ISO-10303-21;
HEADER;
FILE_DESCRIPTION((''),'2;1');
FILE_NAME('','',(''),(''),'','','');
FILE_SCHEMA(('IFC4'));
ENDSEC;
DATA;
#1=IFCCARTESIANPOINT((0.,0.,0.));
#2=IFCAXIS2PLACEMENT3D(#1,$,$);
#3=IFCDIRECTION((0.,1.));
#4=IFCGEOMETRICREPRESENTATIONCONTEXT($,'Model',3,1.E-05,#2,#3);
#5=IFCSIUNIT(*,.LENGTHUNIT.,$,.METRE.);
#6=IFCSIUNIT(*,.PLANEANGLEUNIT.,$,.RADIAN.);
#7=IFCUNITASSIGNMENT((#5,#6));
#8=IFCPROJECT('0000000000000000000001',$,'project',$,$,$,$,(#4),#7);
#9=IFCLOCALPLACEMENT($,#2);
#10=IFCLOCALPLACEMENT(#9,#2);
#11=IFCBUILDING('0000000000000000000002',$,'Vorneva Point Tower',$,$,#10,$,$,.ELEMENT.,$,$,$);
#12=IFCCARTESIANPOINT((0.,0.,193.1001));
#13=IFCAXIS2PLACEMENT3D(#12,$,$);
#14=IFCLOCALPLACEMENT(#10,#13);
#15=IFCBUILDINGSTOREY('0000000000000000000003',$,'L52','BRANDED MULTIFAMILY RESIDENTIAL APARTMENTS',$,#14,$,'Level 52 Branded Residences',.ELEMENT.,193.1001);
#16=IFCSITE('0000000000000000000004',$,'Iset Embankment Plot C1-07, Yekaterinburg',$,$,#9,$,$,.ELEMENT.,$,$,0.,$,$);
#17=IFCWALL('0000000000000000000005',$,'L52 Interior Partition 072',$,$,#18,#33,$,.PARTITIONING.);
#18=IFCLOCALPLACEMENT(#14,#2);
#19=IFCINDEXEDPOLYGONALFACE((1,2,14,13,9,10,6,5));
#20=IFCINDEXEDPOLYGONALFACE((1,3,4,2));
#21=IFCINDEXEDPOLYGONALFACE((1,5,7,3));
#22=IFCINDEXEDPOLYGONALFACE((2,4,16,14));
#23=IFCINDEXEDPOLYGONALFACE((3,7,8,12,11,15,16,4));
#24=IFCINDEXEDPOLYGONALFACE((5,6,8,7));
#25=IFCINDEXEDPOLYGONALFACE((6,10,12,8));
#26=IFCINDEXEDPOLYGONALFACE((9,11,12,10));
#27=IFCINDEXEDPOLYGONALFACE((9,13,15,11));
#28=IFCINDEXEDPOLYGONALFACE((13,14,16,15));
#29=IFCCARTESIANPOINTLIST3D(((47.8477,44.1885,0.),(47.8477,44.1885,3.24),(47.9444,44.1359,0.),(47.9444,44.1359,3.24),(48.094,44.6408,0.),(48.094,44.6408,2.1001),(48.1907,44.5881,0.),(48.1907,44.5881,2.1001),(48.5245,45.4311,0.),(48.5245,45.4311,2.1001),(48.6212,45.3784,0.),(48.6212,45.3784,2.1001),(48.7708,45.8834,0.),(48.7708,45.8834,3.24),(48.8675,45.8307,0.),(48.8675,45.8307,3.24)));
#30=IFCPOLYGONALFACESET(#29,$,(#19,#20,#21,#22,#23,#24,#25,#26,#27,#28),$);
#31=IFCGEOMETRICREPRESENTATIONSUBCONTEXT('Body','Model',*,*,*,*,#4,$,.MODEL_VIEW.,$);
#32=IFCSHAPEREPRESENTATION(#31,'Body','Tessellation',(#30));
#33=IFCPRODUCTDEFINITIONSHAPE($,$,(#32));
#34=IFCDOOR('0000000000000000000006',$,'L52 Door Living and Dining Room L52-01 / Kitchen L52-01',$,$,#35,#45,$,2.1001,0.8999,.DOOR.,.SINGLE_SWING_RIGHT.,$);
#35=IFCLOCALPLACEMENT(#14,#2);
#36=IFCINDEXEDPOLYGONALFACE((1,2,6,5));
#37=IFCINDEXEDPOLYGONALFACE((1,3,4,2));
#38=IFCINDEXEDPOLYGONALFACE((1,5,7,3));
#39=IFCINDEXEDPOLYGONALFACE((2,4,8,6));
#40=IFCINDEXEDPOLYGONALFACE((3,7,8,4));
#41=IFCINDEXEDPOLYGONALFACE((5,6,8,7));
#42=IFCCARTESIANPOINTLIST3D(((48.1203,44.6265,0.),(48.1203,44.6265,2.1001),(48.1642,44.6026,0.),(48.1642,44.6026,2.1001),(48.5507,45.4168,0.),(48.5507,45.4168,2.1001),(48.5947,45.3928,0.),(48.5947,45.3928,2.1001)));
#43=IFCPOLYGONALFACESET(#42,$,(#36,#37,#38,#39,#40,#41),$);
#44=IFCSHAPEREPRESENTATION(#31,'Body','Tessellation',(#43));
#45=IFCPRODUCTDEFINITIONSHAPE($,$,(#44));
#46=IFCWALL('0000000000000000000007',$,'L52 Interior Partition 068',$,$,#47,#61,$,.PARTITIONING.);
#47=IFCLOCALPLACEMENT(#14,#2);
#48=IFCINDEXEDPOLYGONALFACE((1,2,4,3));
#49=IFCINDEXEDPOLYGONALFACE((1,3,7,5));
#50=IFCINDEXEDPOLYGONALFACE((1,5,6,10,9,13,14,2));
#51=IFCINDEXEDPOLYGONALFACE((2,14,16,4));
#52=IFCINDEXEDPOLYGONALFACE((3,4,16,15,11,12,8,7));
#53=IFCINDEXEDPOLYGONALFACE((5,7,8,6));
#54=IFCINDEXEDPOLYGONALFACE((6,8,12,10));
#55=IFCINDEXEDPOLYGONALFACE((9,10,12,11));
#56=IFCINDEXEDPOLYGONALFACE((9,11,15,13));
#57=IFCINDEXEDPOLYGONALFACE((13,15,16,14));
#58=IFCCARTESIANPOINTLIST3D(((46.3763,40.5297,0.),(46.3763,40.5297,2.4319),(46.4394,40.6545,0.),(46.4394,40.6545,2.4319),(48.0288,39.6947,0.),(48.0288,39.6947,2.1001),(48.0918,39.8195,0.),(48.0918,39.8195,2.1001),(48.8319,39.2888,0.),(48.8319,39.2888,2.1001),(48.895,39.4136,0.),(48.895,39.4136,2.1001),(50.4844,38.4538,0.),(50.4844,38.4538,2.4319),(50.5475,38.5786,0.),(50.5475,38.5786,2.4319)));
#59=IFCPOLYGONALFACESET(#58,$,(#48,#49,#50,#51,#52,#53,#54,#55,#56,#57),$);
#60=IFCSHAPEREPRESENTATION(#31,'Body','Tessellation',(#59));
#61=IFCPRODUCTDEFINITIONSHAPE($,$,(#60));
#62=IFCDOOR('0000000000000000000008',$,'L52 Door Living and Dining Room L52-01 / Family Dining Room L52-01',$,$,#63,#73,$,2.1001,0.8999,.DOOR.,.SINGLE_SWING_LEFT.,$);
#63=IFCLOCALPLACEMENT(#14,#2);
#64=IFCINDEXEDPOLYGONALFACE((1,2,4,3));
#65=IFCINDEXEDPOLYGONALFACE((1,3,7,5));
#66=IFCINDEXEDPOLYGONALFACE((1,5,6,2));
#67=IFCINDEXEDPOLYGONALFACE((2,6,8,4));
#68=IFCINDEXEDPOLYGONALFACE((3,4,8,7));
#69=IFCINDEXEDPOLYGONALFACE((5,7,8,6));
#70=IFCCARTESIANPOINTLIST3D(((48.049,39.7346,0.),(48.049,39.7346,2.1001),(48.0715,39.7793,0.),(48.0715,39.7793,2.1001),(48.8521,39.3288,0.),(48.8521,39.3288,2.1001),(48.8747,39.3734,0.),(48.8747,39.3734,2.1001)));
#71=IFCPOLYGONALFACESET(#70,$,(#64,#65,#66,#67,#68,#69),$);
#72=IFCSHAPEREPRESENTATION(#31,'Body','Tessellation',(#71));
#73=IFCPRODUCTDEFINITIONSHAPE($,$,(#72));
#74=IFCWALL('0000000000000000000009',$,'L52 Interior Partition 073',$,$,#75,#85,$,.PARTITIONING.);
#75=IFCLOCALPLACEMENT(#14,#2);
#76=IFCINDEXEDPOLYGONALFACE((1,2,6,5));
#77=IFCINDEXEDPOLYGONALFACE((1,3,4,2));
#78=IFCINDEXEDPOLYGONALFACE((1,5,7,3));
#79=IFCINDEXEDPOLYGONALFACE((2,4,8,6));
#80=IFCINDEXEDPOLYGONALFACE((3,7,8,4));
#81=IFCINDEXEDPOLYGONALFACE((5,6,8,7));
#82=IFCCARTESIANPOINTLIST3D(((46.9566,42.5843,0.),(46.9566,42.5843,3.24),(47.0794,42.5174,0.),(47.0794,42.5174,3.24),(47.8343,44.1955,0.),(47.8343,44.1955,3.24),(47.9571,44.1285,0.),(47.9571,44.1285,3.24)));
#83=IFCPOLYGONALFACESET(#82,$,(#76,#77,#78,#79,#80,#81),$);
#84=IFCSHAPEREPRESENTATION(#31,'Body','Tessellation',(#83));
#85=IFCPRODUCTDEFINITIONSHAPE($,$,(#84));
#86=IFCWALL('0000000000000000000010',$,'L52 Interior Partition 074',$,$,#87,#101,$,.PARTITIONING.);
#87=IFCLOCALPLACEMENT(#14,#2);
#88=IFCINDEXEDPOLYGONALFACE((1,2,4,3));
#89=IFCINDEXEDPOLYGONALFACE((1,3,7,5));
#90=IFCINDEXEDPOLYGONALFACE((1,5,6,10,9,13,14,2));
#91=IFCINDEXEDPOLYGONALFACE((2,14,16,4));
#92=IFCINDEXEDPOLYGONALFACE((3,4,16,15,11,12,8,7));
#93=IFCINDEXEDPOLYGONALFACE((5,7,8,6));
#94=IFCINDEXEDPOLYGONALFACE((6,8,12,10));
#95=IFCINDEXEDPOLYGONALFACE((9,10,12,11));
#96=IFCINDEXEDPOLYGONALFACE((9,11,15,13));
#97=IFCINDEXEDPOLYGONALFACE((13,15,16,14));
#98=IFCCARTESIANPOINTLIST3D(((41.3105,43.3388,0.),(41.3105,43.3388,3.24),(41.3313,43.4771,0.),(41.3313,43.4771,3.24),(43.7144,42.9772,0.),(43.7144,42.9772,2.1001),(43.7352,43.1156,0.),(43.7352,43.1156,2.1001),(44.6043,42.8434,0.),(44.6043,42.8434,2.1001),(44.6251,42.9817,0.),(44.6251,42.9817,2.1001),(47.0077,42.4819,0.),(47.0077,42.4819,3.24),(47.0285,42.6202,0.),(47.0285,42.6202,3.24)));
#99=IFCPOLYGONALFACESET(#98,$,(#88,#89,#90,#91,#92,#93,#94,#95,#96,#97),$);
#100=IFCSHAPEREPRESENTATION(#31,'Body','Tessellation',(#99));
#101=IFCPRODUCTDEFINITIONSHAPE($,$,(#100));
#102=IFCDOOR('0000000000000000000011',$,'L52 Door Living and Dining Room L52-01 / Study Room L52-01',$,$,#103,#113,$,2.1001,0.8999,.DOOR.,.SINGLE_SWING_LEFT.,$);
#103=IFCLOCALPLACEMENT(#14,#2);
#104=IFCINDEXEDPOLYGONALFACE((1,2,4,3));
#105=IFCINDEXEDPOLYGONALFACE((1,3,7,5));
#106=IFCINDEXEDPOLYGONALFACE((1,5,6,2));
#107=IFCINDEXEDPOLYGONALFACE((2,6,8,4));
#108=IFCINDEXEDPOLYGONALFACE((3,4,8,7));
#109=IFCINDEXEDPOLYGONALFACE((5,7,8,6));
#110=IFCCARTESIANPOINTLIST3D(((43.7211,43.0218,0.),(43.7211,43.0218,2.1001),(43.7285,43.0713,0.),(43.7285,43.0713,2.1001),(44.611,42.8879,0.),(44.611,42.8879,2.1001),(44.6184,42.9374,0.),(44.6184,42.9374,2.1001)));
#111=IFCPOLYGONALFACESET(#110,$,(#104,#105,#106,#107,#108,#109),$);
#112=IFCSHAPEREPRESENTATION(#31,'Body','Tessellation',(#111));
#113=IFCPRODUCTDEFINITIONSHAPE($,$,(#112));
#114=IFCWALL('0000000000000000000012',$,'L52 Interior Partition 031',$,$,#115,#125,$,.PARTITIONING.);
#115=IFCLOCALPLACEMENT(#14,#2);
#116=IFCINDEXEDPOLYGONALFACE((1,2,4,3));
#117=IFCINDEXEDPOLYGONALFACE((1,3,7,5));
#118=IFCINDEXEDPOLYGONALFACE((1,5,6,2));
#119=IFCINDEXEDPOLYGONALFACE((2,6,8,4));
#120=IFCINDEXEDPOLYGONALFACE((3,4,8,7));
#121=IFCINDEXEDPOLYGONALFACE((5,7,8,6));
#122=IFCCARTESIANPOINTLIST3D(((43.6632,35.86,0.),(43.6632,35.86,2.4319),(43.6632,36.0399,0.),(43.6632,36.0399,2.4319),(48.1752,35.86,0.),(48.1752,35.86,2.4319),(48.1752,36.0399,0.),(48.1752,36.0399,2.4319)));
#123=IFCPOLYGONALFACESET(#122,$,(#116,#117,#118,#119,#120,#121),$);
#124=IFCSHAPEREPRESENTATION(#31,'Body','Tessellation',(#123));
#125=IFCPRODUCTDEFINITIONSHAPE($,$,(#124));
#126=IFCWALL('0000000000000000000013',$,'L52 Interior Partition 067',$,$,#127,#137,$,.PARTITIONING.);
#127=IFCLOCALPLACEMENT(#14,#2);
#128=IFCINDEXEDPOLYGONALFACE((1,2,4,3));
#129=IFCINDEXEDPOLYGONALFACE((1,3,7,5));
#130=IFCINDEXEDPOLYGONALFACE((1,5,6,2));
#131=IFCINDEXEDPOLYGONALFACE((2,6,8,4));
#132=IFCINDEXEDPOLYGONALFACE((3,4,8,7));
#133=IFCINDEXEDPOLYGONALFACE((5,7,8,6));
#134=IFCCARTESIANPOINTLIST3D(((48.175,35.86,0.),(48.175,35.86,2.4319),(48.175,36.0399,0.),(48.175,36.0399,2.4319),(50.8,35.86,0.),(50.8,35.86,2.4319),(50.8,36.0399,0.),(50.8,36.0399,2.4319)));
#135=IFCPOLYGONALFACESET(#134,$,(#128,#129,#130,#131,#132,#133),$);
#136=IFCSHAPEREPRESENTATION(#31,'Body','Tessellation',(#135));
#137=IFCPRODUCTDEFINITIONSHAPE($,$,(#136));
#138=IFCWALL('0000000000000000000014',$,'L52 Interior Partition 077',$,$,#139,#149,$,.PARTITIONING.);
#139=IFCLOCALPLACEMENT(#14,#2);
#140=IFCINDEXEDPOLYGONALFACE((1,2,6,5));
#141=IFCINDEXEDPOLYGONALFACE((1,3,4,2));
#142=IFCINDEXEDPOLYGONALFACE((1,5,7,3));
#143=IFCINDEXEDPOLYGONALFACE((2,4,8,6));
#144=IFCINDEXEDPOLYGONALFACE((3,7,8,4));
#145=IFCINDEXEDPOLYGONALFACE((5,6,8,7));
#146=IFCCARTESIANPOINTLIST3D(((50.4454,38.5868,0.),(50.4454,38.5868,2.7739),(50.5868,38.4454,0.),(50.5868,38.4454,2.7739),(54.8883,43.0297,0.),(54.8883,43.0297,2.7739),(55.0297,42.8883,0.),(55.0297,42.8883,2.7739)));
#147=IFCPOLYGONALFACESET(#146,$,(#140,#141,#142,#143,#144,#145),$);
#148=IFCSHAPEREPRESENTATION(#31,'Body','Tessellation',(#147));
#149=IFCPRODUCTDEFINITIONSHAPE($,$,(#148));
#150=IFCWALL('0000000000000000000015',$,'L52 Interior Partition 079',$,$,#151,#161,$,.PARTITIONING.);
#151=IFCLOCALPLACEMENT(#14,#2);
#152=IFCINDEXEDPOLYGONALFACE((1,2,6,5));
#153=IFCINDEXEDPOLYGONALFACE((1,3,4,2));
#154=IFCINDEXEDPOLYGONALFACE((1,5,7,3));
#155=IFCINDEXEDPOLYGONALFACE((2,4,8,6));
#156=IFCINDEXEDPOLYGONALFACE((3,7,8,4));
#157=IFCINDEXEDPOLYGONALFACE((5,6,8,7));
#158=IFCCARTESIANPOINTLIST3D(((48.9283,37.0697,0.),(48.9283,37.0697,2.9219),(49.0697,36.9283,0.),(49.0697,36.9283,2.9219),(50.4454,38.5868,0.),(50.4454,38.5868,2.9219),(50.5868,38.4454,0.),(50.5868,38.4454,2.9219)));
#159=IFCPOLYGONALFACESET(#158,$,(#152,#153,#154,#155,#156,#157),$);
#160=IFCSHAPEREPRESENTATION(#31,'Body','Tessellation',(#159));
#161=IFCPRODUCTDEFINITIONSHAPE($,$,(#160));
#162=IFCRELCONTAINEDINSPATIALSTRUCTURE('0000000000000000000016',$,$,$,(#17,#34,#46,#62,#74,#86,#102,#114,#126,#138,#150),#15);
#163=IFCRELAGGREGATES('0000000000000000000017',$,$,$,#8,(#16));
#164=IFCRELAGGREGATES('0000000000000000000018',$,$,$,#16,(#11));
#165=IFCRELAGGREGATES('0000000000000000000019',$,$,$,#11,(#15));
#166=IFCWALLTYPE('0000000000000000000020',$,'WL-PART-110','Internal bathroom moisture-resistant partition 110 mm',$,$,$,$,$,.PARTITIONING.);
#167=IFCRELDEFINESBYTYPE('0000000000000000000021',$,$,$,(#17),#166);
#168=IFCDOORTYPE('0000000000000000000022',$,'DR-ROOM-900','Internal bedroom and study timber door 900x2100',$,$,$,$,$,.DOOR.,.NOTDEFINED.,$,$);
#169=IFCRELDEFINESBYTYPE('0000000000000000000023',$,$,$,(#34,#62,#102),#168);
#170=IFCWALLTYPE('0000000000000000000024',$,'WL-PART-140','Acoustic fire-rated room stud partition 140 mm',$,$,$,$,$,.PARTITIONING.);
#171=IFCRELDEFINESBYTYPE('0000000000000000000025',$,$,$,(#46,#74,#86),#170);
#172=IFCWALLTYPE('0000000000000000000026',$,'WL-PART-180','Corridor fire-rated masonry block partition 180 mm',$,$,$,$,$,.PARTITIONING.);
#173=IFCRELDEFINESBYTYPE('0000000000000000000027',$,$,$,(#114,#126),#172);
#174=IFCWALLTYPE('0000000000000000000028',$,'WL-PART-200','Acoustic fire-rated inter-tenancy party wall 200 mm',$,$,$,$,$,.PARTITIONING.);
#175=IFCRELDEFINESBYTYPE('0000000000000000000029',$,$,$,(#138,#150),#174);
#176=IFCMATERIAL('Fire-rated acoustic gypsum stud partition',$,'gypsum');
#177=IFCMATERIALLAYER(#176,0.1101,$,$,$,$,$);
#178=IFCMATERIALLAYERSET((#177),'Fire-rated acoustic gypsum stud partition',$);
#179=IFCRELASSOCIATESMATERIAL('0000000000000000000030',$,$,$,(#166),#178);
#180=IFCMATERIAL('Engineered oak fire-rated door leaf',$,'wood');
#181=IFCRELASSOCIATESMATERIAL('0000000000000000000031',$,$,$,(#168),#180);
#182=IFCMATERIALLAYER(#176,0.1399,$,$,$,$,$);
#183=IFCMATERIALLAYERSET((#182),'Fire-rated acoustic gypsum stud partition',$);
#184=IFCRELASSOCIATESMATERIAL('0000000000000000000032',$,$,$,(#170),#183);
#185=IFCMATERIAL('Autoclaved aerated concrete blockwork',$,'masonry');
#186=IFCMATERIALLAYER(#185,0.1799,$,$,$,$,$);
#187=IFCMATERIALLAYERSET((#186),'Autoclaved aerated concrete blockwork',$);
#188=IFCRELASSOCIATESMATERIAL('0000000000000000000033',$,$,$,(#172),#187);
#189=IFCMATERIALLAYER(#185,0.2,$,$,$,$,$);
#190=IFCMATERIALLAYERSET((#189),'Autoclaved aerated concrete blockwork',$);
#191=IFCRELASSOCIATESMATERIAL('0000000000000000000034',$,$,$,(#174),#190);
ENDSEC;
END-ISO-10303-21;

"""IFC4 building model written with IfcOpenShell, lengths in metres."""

from ifc_helpers import new_model, si_unit, direction, frame, frame_2d, origin, place, context, subcontext, project, spatial, rectangle, extrude, material, layer, layer_set, type_object, element, fill, save


model = new_model("IFC4")

# Units and contexts
model_context = context("Model", 3, precision=1e-05, world=origin(), true_north=direction((0.0, 1.0)))
body_context = subcontext(model_context, "Body", "Model", "MODEL_VIEW")
ifc_project = project(units=[si_unit("LENGTHUNIT", "METRE"), si_unit("PLANEANGLEUNIT", "RADIAN")], contexts=[model_context])

# Site, building, storey
site_placement = place(None, origin())
site = spatial("IfcSite", under=ifc_project, at=site_placement, Name="Iset Embankment Plot C1-07, Yekaterinburg", CompositionType="ELEMENT", RefElevation=0.0)
building_placement = place(site_placement, origin())
building = spatial("IfcBuilding", under=site, at=building_placement, Name="Vorneva Point Tower", CompositionType="ELEMENT")
storey_placement = place(building_placement, frame((0.0, 0.0, 193.1001)))
storey = spatial("IfcBuildingStorey", under=building, at=storey_placement, Name="L52", Description="BRANDED MULTIFAMILY RESIDENTIAL APARTMENTS", LongName="Level 52 Branded Residences", CompositionType="ELEMENT", Elevation=193.1001)

# Shared definitions
ifc_material_1 = material(Name="Fire-rated acoustic gypsum stud partition", Category="gypsum")
ifc_layer_1 = layer(ifc_material_1, 0.1101)
ifc_layer_set_1 = layer_set([ifc_layer_1], Name="Fire-rated acoustic gypsum stud partition")
wall_type_1 = type_object("IfcWallType", Name="WL-PART-110", Description="Internal bathroom moisture-resistant partition 110 mm", PredefinedType="PARTITIONING", material=ifc_layer_set_1)

# Walls, openings, doors
wall_1_placement = place(storey_placement, frame((48.8191, 45.8569, 0.0), z_axis=(0.0, 0.0, 1.0), x_axis=(-0.478311, -0.87819, 0.0)))
wall_1 = element("IfcWall", 1, at=wall_1_placement, inside=storey, type_object=wall_type_1, Name="L52 Interior Partition 072", PredefinedType="PARTITIONING", context=body_context, shape_type="SweptSolid", body=[
    extrude(rectangle(XDim=1.9299, YDim=0.1101, at=frame_2d((0.9648, 0.0))), origin(), (0.0, 0.0, 1.0), 3.24),
])
opening_1_placement = place(wall_1_placement, frame((0.5149, 0.0, 0.0)))
opening_1 = element("IfcOpeningElement", 2, at=opening_1_placement, cuts=wall_1, PredefinedType="OPENING", context=body_context, shape_type="SweptSolid", body=[
    extrude(rectangle(XDim=0.8999, YDim=2.1001, at=frame_2d((0.45, 1.05))), frame((0.0, 0.0698, 0.0), z_axis=(0.0, -1.0, 0.0), x_axis=(1.0, 0.0, 0.0)), (0.0, 0.0, 1.0), 0.1399),
])
ifc_material_2 = material(Name="Engineered oak fire-rated door leaf", Category="wood")
door_type = type_object("IfcDoorType", Name="DR-ROOM-900", Description="Internal bedroom and study timber door 900x2100", OperationType="NOTDEFINED", PredefinedType="DOOR", material=ifc_material_2)
door_1_placement = place(opening_1_placement, origin())
door_1 = element("IfcDoor", 3, at=door_1_placement, inside=storey, type_object=door_type, Name="L52 Door Living and Dining Room L52-01 / Kitchen L52-01", OperationType="SINGLE_SWING_RIGHT", OverallHeight=2.1001, OverallWidth=0.8999, PredefinedType="DOOR", context=body_context, shape_type="SweptSolid", body=[
    extrude(rectangle(XDim=0.8999, YDim=2.1001, at=frame_2d((0.45, 1.05))), frame((0.0, 0.0249, 0.0), z_axis=(0.0, -1.0, 0.0), x_axis=(1.0, 0.0, 0.0)), (0.0, 0.0, 1.0), 0.05),
])
fill(opening_1, door_1)
ifc_layer_2 = layer(ifc_material_1, 0.1399)
ifc_layer_set_2 = layer_set([ifc_layer_2], Name="Fire-rated acoustic gypsum stud partition")
wall_type_2 = type_object("IfcWallType", Name="WL-PART-140", Description="Acoustic fire-rated room stud partition 140 mm", PredefinedType="PARTITIONING", material=ifc_layer_set_2)
wall_2_placement = place(storey_placement, frame((46.408, 40.592, 0.0), z_axis=(0.0, 0.0, 1.0), x_axis=(0.89252, -0.451007, 0.0)))
wall_2 = element("IfcWall", 4, at=wall_2_placement, inside=storey, type_object=wall_type_2, Name="L52 Interior Partition 068", PredefinedType="PARTITIONING", context=body_context, shape_type="SweptSolid", body=[
    extrude(rectangle(XDim=4.6028, YDim=0.1399, at=frame_2d((2.3013, 0.0))), origin(), (0.0, 0.0, 1.0), 2.4319),
])
opening_2_placement = place(wall_2_placement, frame((1.8513, 0.0, 0.0)))
opening_2 = element("IfcOpeningElement", 5, at=opening_2_placement, cuts=wall_2, PredefinedType="OPENING", context=body_context, shape_type="SweptSolid", body=[
    extrude(rectangle(XDim=0.8999, YDim=2.1001, at=frame_2d((0.45, 1.05))), frame((0.0, 0.085, 0.0), z_axis=(0.0, -1.0, 0.0), x_axis=(1.0, 0.0, 0.0)), (0.0, 0.0, 1.0), 0.1697),
])
door_2_placement = place(opening_2_placement, origin())
door_2 = element("IfcDoor", 6, at=door_2_placement, inside=storey, type_object=door_type, Name="L52 Door Living and Dining Room L52-01 / Family Dining Room L52-01", OperationType="SINGLE_SWING_LEFT", OverallHeight=2.1001, OverallWidth=0.8999, PredefinedType="DOOR", context=body_context, shape_type="SweptSolid", body=[
    extrude(rectangle(XDim=0.8999, YDim=2.1001, at=frame_2d((0.45, 1.05))), frame((0.0, 0.0249, 0.0), z_axis=(0.0, -1.0, 0.0), x_axis=(1.0, 0.0, 0.0)), (0.0, 0.0, 1.0), 0.05),
])
fill(opening_2, door_2)

# Wall
wall_3_placement = place(storey_placement, frame((47.8958, 44.1621, 0.0), z_axis=(0.0, 0.0, 1.0), x_axis=(-0.478395, -0.878145, 0.0)))
element("IfcWall", 7, at=wall_3_placement, inside=storey, type_object=wall_type_2, Name="L52 Interior Partition 073", PredefinedType="PARTITIONING", context=body_context, shape_type="SweptSolid", body=[
    extrude(rectangle(XDim=1.8347, YDim=0.1399, at=frame_2d((0.9175, 0.0))), origin(), (0.0, 0.0, 1.0), 3.24),
])

# Wall, opening, door
wall_4_placement = place(storey_placement, frame((47.0181, 42.551, 0.0), z_axis=(0.0, 0.0, 1.0), x_axis=(-0.988876, 0.148745, 0.0)))
wall_4 = element("IfcWall", 8, at=wall_4_placement, inside=storey, type_object=wall_type_2, Name="L52 Interior Partition 074", PredefinedType="PARTITIONING", context=body_context, shape_type="SweptSolid", body=[
    extrude(rectangle(XDim=5.7612, YDim=0.1399, at=frame_2d((2.8806, 0.0))), origin(), (0.0, 0.0, 1.0), 3.24),
])
opening_3_placement = place(wall_4_placement, frame((2.4304, 0.0, 0.0)))
opening_3 = element("IfcOpeningElement", 9, at=opening_3_placement, cuts=wall_4, PredefinedType="OPENING", context=body_context, shape_type="SweptSolid", body=[
    extrude(rectangle(XDim=0.8999, YDim=2.1001, at=frame_2d((0.45, 1.05))), frame((0.0, 0.085, 0.0), z_axis=(0.0, -1.0, 0.0), x_axis=(1.0, 0.0, 0.0)), (0.0, 0.0, 1.0), 0.1697),
])
door_3_placement = place(opening_3_placement, origin())
door_3 = element("IfcDoor", 10, at=door_3_placement, inside=storey, type_object=door_type, Name="L52 Door Living and Dining Room L52-01 / Study Room L52-01", OperationType="SINGLE_SWING_LEFT", OverallHeight=2.1001, OverallWidth=0.8999, PredefinedType="DOOR", context=body_context, shape_type="SweptSolid", body=[
    extrude(rectangle(XDim=0.8999, YDim=2.1001, at=frame_2d((0.45, 1.05))), frame((0.0, 0.0249, 0.0), z_axis=(0.0, -1.0, 0.0), x_axis=(1.0, 0.0, 0.0)), (0.0, 0.0, 1.0), 0.05),
])
fill(opening_3, door_3)

# Walls
ifc_material_3 = material(Name="Autoclaved aerated concrete blockwork", Category="masonry")
ifc_layer_3 = layer(ifc_material_3, 0.1799)
ifc_layer_set_3 = layer_set([ifc_layer_3], Name="Autoclaved aerated concrete blockwork")
wall_type_3 = type_object("IfcWallType", Name="WL-PART-180", Description="Corridor fire-rated masonry block partition 180 mm", PredefinedType="PARTITIONING", material=ifc_layer_set_3)
wall_5_placement = place(storey_placement, frame((48.175, 35.95, 0.0), z_axis=(0.0, 0.0, 1.0), x_axis=(-1.0, 0.0, 0.0)))
element("IfcWall", 11, at=wall_5_placement, inside=storey, type_object=wall_type_3, Name="L52 Interior Partition 031", PredefinedType="PARTITIONING", context=body_context, shape_type="SweptSolid", body=[
    extrude(rectangle(XDim=4.512, YDim=0.1799, at=frame_2d((2.2559, 0.0))), origin(), (0.0, 0.0, 1.0), 2.4319),
])
wall_6_placement = place(storey_placement, frame((50.8, 35.95, 0.0), z_axis=(0.0, 0.0, 1.0), x_axis=(-1.0, 0.0, 0.0)))
element("IfcWall", 12, at=wall_6_placement, inside=storey, type_object=wall_type_3, Name="L52 Interior Partition 067", PredefinedType="PARTITIONING", context=body_context, shape_type="SweptSolid", body=[
    extrude(rectangle(XDim=2.625, YDim=0.1799, at=frame_2d((1.3125, 0.0))), origin(), (0.0, 0.0, 1.0), 2.4319),
])
ifc_layer_4 = layer(ifc_material_3, 0.2)
ifc_layer_set_4 = layer_set([ifc_layer_4], Name="Autoclaved aerated concrete blockwork")
wall_type_4 = type_object("IfcWallType", Name="WL-PART-200", Description="Acoustic fire-rated inter-tenancy party wall 200 mm", PredefinedType="PARTITIONING", material=ifc_layer_set_4)
wall_7_placement = place(storey_placement, frame((50.5161, 38.5161, 0.0), z_axis=(0.0, 0.0, 1.0), x_axis=(0.707107, 0.707107, 0.0)))
element("IfcWall", 13, at=wall_7_placement, inside=storey, type_object=wall_type_4, Name="L52 Interior Partition 077", PredefinedType="PARTITIONING", context=body_context, shape_type="SweptSolid", body=[
    extrude(rectangle(XDim=6.2832, YDim=0.2, at=frame_2d((3.1416, 0.0))), origin(), (0.0, 0.0, 1.0), 2.7739),
])
wall_8_placement = place(storey_placement, frame((48.999, 36.999, 0.0), z_axis=(0.0, 0.0, 1.0), x_axis=(0.707107, 0.707107, 0.0)))
element("IfcWall", 14, at=wall_8_placement, inside=storey, type_object=wall_type_4, Name="L52 Interior Partition 079", PredefinedType="PARTITIONING", context=body_context, shape_type="SweptSolid", body=[
    extrude(rectangle(XDim=2.1455, YDim=0.2, at=frame_2d((1.0728, 0.0))), origin(), (0.0, 0.0, 1.0), 2.9219),
])

save(model, "model.ifc")
